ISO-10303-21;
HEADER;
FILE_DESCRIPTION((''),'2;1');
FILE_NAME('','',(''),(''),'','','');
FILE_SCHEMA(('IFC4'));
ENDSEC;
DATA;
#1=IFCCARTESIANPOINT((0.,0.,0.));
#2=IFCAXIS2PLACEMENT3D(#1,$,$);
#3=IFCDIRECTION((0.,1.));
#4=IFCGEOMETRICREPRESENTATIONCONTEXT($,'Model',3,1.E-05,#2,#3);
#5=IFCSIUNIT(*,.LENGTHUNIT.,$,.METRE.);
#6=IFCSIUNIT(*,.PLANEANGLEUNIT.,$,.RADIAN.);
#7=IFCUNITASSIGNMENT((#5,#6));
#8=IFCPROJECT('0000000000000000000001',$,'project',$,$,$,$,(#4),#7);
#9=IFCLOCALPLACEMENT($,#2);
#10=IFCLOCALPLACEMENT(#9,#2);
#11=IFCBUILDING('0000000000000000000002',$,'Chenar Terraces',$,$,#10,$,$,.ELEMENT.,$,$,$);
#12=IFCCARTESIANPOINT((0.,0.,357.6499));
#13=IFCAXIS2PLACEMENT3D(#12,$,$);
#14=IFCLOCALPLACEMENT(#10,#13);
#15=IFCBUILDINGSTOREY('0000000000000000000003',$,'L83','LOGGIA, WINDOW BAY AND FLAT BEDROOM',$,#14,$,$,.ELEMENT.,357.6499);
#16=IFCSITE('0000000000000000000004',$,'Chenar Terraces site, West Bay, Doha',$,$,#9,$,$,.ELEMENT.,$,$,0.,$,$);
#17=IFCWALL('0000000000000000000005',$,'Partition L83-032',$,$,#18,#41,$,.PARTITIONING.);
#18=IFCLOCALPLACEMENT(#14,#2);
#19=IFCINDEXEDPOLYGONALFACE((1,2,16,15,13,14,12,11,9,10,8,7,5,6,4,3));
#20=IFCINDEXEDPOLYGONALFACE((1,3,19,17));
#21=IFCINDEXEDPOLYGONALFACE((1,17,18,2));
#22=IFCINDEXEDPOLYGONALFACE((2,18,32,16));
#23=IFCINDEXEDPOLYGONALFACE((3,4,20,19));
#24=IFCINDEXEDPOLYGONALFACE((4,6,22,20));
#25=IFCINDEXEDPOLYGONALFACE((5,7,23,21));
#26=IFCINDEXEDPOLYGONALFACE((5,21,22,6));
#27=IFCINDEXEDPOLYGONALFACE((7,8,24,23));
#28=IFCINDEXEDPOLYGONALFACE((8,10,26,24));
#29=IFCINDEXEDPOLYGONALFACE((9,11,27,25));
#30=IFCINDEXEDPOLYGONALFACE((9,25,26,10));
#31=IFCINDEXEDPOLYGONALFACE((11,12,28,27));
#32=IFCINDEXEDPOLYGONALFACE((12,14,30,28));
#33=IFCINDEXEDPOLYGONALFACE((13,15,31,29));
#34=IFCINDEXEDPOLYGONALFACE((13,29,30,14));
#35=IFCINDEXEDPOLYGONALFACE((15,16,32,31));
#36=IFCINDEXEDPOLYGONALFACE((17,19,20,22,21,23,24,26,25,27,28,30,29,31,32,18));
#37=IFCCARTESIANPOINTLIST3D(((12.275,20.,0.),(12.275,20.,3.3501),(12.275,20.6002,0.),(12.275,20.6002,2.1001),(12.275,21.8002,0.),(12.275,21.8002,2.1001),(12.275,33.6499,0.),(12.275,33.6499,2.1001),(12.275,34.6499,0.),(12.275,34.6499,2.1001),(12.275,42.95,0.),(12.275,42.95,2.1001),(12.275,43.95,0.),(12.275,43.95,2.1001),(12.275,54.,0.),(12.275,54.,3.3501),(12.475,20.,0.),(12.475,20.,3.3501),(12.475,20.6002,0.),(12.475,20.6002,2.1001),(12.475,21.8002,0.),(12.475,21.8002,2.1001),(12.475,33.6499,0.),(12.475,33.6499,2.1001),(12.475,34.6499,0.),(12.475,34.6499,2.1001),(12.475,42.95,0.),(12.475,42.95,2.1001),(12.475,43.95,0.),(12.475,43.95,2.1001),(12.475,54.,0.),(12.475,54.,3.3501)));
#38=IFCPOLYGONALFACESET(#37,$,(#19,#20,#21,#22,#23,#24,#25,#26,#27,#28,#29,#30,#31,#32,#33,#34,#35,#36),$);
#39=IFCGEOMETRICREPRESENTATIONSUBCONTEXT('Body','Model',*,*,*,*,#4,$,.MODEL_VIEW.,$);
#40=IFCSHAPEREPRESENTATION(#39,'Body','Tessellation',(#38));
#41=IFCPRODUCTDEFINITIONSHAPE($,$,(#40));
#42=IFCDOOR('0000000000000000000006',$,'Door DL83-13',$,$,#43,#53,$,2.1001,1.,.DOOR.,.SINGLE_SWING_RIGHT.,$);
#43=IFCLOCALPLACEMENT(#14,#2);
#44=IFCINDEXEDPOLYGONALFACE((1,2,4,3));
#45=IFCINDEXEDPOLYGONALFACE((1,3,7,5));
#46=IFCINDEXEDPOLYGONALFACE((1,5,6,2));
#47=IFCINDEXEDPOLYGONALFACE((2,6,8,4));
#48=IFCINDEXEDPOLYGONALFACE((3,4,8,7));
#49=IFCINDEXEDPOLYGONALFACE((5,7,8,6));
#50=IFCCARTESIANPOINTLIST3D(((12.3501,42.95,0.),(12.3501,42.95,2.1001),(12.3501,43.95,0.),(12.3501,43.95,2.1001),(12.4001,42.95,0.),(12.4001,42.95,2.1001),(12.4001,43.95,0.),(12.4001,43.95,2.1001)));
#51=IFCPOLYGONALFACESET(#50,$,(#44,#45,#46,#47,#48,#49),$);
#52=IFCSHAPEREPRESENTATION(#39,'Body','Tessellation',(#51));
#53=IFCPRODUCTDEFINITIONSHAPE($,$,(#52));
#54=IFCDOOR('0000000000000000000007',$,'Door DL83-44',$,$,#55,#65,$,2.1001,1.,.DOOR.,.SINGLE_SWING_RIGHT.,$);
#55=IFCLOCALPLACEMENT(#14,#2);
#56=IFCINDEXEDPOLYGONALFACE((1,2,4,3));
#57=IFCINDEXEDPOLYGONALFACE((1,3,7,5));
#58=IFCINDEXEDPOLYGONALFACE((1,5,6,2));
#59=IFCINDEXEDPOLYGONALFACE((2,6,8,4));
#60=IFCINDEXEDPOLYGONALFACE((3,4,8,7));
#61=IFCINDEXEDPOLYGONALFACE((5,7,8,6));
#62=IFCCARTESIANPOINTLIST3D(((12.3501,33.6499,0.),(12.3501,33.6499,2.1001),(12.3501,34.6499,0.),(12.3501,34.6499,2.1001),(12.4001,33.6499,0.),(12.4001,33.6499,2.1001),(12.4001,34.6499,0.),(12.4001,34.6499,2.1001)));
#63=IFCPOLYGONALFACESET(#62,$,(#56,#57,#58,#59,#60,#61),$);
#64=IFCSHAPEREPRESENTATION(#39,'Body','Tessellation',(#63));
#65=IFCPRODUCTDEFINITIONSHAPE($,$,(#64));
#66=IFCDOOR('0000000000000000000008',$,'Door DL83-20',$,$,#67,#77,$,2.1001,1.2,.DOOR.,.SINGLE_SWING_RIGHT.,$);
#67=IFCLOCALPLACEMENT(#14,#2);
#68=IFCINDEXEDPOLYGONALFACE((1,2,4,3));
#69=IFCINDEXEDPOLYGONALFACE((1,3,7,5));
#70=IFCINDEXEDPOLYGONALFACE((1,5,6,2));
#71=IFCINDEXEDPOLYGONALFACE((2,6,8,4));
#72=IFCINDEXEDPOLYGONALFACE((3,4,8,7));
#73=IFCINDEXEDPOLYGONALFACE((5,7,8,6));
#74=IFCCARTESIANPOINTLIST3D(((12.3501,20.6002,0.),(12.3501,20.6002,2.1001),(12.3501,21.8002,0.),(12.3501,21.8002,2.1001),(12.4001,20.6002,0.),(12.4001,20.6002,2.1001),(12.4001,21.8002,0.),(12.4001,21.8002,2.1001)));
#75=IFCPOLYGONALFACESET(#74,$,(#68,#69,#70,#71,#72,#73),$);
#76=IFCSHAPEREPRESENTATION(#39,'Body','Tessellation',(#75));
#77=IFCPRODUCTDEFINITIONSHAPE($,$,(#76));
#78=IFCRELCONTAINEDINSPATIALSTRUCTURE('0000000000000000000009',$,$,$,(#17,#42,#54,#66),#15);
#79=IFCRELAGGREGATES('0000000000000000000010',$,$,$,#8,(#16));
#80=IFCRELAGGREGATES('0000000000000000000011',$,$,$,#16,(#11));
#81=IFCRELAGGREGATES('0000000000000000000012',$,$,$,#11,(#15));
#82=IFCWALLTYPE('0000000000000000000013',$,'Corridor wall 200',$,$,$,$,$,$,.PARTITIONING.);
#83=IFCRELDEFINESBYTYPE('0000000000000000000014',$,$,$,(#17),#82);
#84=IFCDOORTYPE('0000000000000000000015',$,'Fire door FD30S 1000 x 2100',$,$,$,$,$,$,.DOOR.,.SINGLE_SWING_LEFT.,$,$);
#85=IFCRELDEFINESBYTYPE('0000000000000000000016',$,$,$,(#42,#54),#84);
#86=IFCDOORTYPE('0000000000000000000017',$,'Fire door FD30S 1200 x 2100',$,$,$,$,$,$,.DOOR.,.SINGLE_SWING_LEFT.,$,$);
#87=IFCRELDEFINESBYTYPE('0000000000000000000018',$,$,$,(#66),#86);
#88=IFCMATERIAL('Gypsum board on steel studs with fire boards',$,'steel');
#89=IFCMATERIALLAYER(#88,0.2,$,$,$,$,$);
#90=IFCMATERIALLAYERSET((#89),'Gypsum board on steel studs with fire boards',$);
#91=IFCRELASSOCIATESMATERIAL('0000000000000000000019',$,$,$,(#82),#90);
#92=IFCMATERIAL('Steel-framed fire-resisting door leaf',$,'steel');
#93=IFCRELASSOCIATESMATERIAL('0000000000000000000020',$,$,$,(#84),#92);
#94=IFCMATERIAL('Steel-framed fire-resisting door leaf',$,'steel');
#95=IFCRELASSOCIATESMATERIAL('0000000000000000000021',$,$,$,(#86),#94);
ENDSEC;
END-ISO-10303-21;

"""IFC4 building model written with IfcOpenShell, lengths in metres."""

from ifc_helpers import new_model, si_unit, direction, frame, frame_2d, origin, place, context, subcontext, project, spatial, rectangle, extrude, material, layer, layer_set, type_object, element, fill, save


model = new_model("IFC4")

# Units and contexts
model_context = context("Model", 3, precision=1e-05, world=origin(), true_north=direction((0.0, 1.0)))
body_context = subcontext(model_context, "Body", "Model", "MODEL_VIEW")
ifc_project = project(units=[si_unit("LENGTHUNIT", "METRE"), si_unit("PLANEANGLEUNIT", "RADIAN")], contexts=[model_context])

# Site, building, storey
site_placement = place(None, origin())
site = spatial("IfcSite", under=ifc_project, at=site_placement, Name="Chenar Terraces site, West Bay, Doha", CompositionType="ELEMENT", RefElevation=0.0)
building_placement = place(site_placement, origin())
building = spatial("IfcBuilding", under=site, at=building_placement, Name="Chenar Terraces", CompositionType="ELEMENT")
storey_placement = place(building_placement, frame((0.0, 0.0, 357.6499)))
storey = spatial("IfcBuildingStorey", under=building, at=storey_placement, Name="L83", Description="LOGGIA, WINDOW BAY AND FLAT BEDROOM", CompositionType="ELEMENT", Elevation=357.6499)

# Wall, openings, doors
ifc_material_1 = material(Name="Gypsum board on steel studs with fire boards", Category="steel")
ifc_layer_1 = layer(ifc_material_1, 0.2)
ifc_layer_set_1 = layer_set([ifc_layer_1], Name="Gypsum board on steel studs with fire boards")
wall_type_1 = type_object("IfcWallType", Name="Corridor wall 200", PredefinedType="PARTITIONING", material=ifc_layer_set_1)
wall_1_placement = place(storey_placement, frame((12.375, 20.0, 0.0), z_axis=(0.0, 0.0, 1.0), x_axis=(0.0, 1.0, 0.0)))
wall_1 = element("IfcWall", 1, at=wall_1_placement, inside=storey, type_object=wall_type_1, Name="Partition L83-032", PredefinedType="PARTITIONING", context=body_context, shape_type="SweptSolid", body=[
    extrude(rectangle(XDim=34.0, YDim=0.2, at=frame_2d((17.0, 0.0))), origin(), (0.0, 0.0, 1.0), 3.3501),
])
opening_1_placement = place(wall_1_placement, frame((22.95, 0.0, 0.0)))
opening_1 = element("IfcOpeningElement", 2, at=opening_1_placement, cuts=wall_1, PredefinedType="OPENING", context=body_context, shape_type="SweptSolid", body=[
    extrude(rectangle(XDim=1.0, YDim=2.1001, at=frame_2d((0.5, 1.05))), frame((0.0, 0.1099, 0.0), z_axis=(0.0, -1.0, 0.0), x_axis=(1.0, 0.0, 0.0)), (0.0, 0.0, 1.0), 0.22),
])
opening_2_placement = place(wall_1_placement, frame((0.6001, 0.0, 0.0)))
opening_2 = element("IfcOpeningElement", 3, at=opening_2_placement, cuts=wall_1, PredefinedType="OPENING", context=body_context, shape_type="SweptSolid", body=[
    extrude(rectangle(XDim=1.2, YDim=2.1001, at=frame_2d((0.6001, 1.05))), frame((0.0, 0.1099, 0.0), z_axis=(0.0, -1.0, 0.0), x_axis=(1.0, 0.0, 0.0)), (0.0, 0.0, 1.0), 0.22),
])
opening_3_placement = place(wall_1_placement, frame((13.6499, 0.0, 0.0)))
opening_3 = element("IfcOpeningElement", 4, at=opening_3_placement, cuts=wall_1, PredefinedType="OPENING", context=body_context, shape_type="SweptSolid", body=[
    extrude(rectangle(XDim=1.0, YDim=2.1001, at=frame_2d((0.5, 1.05))), frame((0.0, 0.1099, 0.0), z_axis=(0.0, -1.0, 0.0), x_axis=(1.0, 0.0, 0.0)), (0.0, 0.0, 1.0), 0.22),
])
ifc_material_2 = material(Name="Steel-framed fire-resisting door leaf", Category="steel")
door_type_1 = type_object("IfcDoorType", Name="Fire door FD30S 1000 x 2100", OperationType="SINGLE_SWING_LEFT", PredefinedType="DOOR", material=ifc_material_2)
door_1_placement = place(opening_1_placement, origin())
door_1 = element("IfcDoor", 5, at=door_1_placement, inside=storey, type_object=door_type_1, Name="Door DL83-13", OperationType="SINGLE_SWING_RIGHT", OverallHeight=2.1001, OverallWidth=1.0, PredefinedType="DOOR", context=body_context, shape_type="SweptSolid", body=[
    extrude(rectangle(XDim=1.0, YDim=2.1001, at=frame_2d((0.5, 1.05))), frame((0.0, 0.0249, 0.0), z_axis=(0.0, -1.0, 0.0), x_axis=(1.0, 0.0, 0.0)), (0.0, 0.0, 1.0), 0.05),
])
fill(opening_1, door_1)
door_2_placement = place(opening_3_placement, origin())
door_2 = element("IfcDoor", 6, at=door_2_placement, inside=storey, type_object=door_type_1, Name="Door DL83-44", OperationType="SINGLE_SWING_RIGHT", OverallHeight=2.1001, OverallWidth=1.0, PredefinedType="DOOR", context=body_context, shape_type="SweptSolid", body=[
    extrude(rectangle(XDim=1.0, YDim=2.1001, at=frame_2d((0.5, 1.05))), frame((0.0, 0.0249, 0.0), z_axis=(0.0, -1.0, 0.0), x_axis=(1.0, 0.0, 0.0)), (0.0, 0.0, 1.0), 0.05),
])
fill(opening_3, door_2)
ifc_material_3 = material(Name="Steel-framed fire-resisting door leaf", Category="steel")
door_type_2 = type_object("IfcDoorType", Name="Fire door FD30S 1200 x 2100", OperationType="SINGLE_SWING_LEFT", PredefinedType="DOOR", material=ifc_material_3)
door_3_placement = place(opening_2_placement, origin())
door_3 = element("IfcDoor", 7, at=door_3_placement, inside=storey, type_object=door_type_2, Name="Door DL83-20", OperationType="SINGLE_SWING_RIGHT", OverallHeight=2.1001, OverallWidth=1.2, PredefinedType="DOOR", context=body_context, shape_type="SweptSolid", body=[
    extrude(rectangle(XDim=1.2, YDim=2.1001, at=frame_2d((0.6001, 1.05))), frame((0.0, 0.0249, 0.0), z_axis=(0.0, -1.0, 0.0), x_axis=(1.0, 0.0, 0.0)), (0.0, 0.0, 1.0), 0.05),
])
fill(opening_2, door_3)

save(model, "model.ifc")
